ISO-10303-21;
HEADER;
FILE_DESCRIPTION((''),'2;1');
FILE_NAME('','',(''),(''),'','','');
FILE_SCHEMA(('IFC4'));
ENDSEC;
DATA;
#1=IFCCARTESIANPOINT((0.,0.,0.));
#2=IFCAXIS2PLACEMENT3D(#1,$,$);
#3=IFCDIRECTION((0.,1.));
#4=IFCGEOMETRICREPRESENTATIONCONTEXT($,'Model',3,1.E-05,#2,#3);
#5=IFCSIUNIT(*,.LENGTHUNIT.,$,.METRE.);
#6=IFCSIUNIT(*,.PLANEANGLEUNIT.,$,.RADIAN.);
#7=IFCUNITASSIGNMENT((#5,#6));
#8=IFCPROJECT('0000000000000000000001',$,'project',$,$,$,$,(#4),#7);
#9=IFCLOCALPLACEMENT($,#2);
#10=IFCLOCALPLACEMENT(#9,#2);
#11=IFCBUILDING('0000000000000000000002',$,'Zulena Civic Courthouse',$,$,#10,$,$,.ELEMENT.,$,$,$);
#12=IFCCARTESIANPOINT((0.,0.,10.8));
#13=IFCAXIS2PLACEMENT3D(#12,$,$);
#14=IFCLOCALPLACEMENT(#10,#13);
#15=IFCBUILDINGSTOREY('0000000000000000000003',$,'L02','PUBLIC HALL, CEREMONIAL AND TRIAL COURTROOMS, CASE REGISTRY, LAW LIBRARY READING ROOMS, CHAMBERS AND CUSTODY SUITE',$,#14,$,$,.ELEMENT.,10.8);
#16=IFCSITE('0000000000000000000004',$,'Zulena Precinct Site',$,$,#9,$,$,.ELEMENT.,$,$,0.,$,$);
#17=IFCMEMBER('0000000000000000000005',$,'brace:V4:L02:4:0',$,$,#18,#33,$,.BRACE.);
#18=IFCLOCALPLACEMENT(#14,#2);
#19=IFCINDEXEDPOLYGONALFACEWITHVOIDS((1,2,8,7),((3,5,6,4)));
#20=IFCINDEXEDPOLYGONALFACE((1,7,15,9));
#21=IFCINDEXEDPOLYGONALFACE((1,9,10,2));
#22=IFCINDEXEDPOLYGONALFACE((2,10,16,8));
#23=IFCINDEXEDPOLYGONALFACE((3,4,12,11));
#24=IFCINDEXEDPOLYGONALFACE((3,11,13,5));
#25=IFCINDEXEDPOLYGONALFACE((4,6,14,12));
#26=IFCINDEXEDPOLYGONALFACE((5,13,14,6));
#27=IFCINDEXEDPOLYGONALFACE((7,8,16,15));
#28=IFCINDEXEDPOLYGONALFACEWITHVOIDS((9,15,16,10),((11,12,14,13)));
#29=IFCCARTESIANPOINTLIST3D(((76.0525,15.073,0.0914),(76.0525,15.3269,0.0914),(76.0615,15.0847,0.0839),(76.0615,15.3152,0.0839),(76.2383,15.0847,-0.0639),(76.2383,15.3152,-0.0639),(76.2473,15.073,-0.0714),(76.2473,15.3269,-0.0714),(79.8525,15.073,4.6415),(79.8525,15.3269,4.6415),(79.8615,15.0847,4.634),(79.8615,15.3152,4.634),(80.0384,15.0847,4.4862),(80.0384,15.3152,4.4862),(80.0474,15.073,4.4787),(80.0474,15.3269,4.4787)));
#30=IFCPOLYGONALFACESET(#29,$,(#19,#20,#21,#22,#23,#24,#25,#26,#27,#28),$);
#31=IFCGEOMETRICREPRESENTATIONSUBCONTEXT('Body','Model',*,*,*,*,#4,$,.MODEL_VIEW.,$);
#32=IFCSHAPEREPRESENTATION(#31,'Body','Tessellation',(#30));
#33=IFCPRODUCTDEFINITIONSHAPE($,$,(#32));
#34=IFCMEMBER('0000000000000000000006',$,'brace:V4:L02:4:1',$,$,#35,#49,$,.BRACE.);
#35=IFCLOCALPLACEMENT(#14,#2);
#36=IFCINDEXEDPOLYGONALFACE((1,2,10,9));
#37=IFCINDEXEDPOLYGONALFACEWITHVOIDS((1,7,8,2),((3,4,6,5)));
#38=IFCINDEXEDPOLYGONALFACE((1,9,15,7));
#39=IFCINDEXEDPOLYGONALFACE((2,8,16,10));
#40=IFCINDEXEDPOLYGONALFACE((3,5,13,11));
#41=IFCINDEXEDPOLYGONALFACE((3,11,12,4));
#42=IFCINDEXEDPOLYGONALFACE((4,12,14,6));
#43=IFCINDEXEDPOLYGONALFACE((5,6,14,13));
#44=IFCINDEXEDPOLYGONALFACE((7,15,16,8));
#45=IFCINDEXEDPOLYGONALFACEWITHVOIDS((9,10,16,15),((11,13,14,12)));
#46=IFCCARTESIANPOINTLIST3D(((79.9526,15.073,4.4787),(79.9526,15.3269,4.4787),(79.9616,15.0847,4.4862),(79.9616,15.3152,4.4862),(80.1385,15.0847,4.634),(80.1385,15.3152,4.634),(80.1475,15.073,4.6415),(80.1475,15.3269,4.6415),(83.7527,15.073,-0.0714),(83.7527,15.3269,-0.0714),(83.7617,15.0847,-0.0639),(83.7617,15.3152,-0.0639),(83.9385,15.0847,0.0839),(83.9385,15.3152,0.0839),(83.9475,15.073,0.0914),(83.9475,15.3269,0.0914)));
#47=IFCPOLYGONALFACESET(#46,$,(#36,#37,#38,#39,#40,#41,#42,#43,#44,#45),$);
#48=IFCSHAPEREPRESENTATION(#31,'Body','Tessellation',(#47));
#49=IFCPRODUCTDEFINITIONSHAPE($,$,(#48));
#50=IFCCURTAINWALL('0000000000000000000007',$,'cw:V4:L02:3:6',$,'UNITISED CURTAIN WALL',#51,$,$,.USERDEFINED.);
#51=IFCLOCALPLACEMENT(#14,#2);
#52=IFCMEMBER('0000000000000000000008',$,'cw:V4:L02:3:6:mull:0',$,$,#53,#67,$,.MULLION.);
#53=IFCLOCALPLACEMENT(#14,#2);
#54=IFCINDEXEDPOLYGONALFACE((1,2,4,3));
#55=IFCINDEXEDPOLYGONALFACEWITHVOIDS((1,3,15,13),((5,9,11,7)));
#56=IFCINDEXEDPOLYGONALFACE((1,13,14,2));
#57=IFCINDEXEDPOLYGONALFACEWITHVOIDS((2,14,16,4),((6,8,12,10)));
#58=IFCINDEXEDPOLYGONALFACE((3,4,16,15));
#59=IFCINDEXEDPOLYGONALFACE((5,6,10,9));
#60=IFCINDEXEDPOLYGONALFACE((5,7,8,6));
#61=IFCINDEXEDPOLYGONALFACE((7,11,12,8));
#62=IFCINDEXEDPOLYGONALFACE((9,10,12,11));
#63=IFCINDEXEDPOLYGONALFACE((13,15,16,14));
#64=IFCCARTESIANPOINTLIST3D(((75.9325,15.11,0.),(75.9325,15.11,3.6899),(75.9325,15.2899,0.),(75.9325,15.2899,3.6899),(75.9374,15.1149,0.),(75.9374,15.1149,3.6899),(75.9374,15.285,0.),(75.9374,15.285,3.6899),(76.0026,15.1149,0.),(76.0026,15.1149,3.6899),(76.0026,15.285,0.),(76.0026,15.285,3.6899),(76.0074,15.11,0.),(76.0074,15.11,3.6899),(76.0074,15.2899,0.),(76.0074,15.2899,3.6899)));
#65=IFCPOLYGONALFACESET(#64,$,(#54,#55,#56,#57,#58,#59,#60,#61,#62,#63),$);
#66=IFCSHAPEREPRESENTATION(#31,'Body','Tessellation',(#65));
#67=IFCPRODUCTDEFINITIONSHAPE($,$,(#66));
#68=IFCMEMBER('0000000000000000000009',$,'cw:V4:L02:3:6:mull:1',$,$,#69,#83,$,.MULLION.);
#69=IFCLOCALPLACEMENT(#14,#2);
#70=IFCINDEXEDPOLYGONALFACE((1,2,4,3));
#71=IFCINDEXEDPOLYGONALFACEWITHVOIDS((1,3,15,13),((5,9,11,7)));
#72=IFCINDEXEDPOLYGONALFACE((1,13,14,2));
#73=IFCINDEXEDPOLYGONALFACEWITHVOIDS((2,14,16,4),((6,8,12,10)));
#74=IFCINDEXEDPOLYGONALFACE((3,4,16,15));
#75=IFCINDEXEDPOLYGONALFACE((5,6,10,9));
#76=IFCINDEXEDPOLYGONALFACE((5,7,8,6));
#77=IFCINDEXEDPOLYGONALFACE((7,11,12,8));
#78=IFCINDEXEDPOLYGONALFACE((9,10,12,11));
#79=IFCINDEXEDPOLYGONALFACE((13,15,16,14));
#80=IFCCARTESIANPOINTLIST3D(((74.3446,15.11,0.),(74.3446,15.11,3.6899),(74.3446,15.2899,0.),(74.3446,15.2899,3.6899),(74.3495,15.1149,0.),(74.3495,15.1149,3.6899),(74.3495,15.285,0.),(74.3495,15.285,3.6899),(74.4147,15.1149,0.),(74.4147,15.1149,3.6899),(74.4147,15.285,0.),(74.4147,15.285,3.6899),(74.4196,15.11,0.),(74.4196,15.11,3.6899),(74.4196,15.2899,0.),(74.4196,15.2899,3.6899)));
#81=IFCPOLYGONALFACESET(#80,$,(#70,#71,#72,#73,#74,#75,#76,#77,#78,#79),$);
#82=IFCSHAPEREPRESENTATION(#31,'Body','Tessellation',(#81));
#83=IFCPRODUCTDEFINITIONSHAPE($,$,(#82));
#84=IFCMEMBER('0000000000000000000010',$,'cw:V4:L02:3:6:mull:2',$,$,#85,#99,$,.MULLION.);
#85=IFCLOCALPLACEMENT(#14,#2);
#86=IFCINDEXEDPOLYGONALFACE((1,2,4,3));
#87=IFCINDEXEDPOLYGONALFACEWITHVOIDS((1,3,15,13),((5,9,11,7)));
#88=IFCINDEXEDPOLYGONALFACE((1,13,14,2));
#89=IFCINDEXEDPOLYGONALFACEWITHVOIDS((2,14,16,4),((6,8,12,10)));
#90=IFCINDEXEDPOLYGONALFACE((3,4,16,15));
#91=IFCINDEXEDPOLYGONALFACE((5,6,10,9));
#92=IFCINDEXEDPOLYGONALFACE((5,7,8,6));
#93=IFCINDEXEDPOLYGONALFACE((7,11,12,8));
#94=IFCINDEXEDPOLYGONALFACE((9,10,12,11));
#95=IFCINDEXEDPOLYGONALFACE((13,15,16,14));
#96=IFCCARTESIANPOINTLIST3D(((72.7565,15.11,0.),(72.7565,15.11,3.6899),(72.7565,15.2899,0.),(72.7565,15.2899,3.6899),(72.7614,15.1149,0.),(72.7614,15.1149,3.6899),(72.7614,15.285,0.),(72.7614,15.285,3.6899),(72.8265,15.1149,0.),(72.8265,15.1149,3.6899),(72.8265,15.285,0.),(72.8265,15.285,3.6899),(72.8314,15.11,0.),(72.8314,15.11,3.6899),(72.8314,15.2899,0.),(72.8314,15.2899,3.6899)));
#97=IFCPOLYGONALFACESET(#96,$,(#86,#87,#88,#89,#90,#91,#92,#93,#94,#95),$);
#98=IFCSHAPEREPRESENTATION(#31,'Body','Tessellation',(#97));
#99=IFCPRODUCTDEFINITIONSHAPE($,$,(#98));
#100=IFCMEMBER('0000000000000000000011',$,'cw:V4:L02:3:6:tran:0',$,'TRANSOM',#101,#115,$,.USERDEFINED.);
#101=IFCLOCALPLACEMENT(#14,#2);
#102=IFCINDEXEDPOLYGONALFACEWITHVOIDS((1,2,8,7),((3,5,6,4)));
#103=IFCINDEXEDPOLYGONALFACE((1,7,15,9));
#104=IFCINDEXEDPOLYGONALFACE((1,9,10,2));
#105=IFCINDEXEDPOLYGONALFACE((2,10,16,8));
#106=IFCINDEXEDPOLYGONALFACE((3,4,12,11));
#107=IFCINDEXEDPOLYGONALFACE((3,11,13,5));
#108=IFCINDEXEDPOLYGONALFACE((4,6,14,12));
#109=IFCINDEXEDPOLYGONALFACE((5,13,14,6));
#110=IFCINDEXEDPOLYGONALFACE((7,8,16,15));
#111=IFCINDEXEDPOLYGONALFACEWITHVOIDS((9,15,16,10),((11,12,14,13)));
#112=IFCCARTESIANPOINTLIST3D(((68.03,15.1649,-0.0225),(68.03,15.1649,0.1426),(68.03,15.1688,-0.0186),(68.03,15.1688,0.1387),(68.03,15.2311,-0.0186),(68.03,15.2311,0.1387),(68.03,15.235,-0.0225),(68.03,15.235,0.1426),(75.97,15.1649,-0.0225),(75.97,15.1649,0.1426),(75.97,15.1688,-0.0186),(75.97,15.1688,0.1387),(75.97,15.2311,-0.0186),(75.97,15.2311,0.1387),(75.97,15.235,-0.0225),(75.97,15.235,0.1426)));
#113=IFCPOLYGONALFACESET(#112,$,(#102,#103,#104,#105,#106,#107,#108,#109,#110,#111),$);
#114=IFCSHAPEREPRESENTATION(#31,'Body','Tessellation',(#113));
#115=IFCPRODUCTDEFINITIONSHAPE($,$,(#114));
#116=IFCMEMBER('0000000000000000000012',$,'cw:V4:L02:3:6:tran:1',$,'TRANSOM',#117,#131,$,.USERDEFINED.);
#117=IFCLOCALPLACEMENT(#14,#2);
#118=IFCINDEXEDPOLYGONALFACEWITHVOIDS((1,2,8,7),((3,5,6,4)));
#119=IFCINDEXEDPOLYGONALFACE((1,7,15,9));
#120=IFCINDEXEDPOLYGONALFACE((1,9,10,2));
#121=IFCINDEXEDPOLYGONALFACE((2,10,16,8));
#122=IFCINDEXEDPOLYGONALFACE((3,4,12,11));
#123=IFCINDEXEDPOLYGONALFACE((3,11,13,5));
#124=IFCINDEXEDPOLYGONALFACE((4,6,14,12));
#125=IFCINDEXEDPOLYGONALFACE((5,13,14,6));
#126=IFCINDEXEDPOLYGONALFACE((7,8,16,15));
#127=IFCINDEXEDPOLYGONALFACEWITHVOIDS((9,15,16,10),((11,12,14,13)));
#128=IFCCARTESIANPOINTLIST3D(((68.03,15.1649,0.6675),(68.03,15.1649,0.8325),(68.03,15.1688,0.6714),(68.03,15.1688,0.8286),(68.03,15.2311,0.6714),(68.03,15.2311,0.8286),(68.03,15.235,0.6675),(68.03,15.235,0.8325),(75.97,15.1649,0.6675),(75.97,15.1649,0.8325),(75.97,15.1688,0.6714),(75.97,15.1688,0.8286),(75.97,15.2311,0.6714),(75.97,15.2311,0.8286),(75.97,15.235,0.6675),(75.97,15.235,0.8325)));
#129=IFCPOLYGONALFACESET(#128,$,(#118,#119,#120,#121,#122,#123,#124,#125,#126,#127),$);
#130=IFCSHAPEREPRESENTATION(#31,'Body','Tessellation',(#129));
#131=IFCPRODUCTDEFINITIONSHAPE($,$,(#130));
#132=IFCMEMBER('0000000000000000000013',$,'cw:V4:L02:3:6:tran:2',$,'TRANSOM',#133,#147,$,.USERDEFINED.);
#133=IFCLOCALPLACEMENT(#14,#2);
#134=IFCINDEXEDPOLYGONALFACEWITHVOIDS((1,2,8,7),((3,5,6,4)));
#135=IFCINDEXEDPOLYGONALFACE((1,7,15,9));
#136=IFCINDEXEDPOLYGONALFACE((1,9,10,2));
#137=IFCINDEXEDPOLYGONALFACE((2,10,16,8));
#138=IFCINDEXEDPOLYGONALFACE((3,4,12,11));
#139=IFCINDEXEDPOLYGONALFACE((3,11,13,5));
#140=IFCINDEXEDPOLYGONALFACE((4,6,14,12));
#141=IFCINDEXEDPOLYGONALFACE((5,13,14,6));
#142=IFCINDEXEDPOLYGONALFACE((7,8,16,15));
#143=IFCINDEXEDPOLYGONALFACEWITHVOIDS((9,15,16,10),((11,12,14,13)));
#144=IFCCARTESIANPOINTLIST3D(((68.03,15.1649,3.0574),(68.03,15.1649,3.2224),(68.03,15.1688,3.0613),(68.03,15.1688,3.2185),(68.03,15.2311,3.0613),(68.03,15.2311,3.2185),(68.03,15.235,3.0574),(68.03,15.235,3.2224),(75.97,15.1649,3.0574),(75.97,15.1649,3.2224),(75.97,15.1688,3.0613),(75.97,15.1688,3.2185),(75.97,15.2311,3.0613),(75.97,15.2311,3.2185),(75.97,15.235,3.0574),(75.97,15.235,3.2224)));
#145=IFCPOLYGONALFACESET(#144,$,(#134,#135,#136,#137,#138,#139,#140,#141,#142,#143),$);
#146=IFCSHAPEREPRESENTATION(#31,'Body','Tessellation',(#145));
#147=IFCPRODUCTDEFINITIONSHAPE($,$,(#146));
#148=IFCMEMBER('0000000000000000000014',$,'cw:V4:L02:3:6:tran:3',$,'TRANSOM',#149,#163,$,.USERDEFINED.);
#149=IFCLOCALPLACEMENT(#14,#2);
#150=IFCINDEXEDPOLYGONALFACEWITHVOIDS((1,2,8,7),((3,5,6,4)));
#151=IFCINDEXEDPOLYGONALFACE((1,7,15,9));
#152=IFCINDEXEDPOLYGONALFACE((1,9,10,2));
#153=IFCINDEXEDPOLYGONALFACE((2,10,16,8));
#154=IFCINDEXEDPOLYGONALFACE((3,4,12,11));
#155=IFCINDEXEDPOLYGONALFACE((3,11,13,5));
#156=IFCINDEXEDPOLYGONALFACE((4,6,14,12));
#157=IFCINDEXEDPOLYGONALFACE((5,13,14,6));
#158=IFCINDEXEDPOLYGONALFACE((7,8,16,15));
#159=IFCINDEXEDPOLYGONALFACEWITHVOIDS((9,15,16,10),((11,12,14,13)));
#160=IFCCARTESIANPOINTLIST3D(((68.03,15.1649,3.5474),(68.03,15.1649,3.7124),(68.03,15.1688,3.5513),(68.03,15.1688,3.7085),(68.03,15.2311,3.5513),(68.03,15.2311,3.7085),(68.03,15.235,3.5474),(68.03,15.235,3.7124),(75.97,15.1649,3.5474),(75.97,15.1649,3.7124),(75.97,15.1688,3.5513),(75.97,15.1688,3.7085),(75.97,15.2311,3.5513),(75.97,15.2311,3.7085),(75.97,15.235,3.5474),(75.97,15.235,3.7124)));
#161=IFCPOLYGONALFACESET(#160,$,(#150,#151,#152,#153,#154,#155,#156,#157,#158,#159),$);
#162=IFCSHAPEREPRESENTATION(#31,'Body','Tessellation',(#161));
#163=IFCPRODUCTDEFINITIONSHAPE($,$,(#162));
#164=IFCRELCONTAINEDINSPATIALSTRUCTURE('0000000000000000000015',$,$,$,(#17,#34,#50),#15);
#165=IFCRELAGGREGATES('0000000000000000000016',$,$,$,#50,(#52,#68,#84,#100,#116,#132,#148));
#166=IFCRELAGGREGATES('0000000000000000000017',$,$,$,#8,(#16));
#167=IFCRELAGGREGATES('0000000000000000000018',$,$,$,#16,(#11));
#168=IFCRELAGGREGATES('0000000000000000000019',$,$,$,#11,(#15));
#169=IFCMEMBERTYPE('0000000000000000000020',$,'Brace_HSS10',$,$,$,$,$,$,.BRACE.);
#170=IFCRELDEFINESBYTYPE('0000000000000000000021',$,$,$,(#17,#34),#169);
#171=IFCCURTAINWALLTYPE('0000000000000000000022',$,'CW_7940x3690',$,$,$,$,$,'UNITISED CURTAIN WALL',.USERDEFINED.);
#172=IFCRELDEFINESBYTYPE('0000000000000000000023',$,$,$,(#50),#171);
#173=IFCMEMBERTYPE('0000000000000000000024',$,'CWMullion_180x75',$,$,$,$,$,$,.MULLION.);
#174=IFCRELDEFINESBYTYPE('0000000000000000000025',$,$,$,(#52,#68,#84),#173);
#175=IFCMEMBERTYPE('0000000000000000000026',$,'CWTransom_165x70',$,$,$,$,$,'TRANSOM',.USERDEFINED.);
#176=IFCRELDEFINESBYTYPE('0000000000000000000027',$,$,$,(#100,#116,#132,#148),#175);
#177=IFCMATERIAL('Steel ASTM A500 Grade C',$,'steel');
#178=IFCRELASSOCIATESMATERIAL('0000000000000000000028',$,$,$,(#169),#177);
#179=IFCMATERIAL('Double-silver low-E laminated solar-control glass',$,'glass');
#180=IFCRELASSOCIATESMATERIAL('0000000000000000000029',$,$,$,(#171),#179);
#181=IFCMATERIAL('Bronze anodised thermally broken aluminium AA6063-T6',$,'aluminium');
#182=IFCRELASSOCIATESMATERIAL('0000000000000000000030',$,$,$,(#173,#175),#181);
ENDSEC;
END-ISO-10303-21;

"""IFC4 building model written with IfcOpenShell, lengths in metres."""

from ifc_helpers import new_model, si_unit, direction, frame, origin, origin_2d, place, context, subcontext, project, spatial, hollow_rectangle, extrude, material, material_profile, profile_set, type_object, element, aggregate, save


model = new_model("IFC4")

# Units and contexts
model_context = context("Model", 3, precision=1e-05, world=origin(), true_north=direction((0.0, 1.0)))
body_context = subcontext(model_context, "Body", "Model", "MODEL_VIEW")
ifc_project = project(units=[si_unit("LENGTHUNIT", "METRE"), si_unit("PLANEANGLEUNIT", "RADIAN")], contexts=[model_context])

# Site, building, storey
site_placement = place(None, origin())
site = spatial("IfcSite", under=ifc_project, at=site_placement, Name="Zulena Precinct Site", CompositionType="ELEMENT", RefElevation=0.0)
building_placement = place(site_placement, origin())
building = spatial("IfcBuilding", under=site, at=building_placement, Name="Zulena Civic Courthouse", CompositionType="ELEMENT")
storey_placement = place(building_placement, frame((0.0, 0.0, 10.8)))
storey = spatial("IfcBuildingStorey", under=building, at=storey_placement, Name="L02", Description="PUBLIC HALL, CEREMONIAL AND TRIAL COURTROOMS, CASE REGISTRY, LAW LIBRARY READING ROOMS, CHAMBERS AND CUSTODY SUITE", CompositionType="ELEMENT", Elevation=10.8)

# Members
ifc_material_1 = material(Name="Steel ASTM A500 Grade C", Category="steel")
ifc_material_profile_1 = material_profile(ifc_material_1, hollow_rectangle(XDim=0.2539, YDim=0.2539, WallThickness=0.0117, at=origin_2d()), Name="HSS10X10X1/2")
ifc_profile_set_1 = profile_set([ifc_material_profile_1], Name="Steel ASTM A500 Grade C")
member_type_1 = type_object("IfcMemberType", Name="Brace_HSS10", PredefinedType="BRACE", material=ifc_profile_set_1)
for number, where, z_axis, x_axis, name in (
    (1, (76.1499, 15.2, 0.01), (0.641014, 0.0, 0.767529), (0.0, 1.0, 0.0), "brace:V4:L02:4:0"),
    (2, (83.8501, 15.2, 0.01), (-0.641014, 0.0, 0.767529), (0.0, -1.0, 0.0), "brace:V4:L02:4:1"),
):
    element("IfcMember", number, at=place(storey_placement, frame(where, z_axis=z_axis, x_axis=x_axis)), inside=storey, type_object=member_type_1, Name=name, PredefinedType="BRACE", context=body_context, shape_type="SweptSolid", body=[
        extrude(hollow_rectangle(XDim=0.2539, YDim=0.2539, WallThickness=0.0117, at=origin_2d()), origin(), (0.0, 0.0, 1.0), 5.9282),
    ])

# Curtain wall, members
ifc_material_2 = material(Name="Double-silver low-E laminated solar-control glass", Category="glass")
curtain_wall_type = type_object("IfcCurtainWallType", Name="CW_7940x3690", ElementType="UNITISED CURTAIN WALL", PredefinedType="USERDEFINED", material=ifc_material_2)
curtain_wall_placement = place(storey_placement, origin())
curtain_wall = element("IfcCurtainWall", 3, at=curtain_wall_placement, inside=storey, type_object=curtain_wall_type, Name="cw:V4:L02:3:6", ObjectType="UNITISED CURTAIN WALL", PredefinedType="USERDEFINED")
ifc_material_3 = material(Name="Bronze anodised thermally broken aluminium AA6063-T6", Category="aluminium")
ifc_material_profile_2 = material_profile(ifc_material_3, hollow_rectangle(XDim=0.075, YDim=0.1799, WallThickness=0.0049, at=origin_2d()), Name="CWM180X75X5")
ifc_profile_set_2 = profile_set([ifc_material_profile_2], Name="Bronze anodised thermally broken aluminium AA6063-T6")
member_type_2 = type_object("IfcMemberType", Name="CWMullion_180x75", PredefinedType="MULLION", material=ifc_profile_set_2)
member_1_placement = place(storey_placement, frame((75.97, 15.2, 0.0), z_axis=(0.0, 0.0, 1.0), x_axis=(1.0, 0.0, 0.0)))
member_1 = element("IfcMember", 4, at=member_1_placement, type_object=member_type_2, Name="cw:V4:L02:3:6:mull:0", PredefinedType="MULLION", context=body_context, shape_type="SweptSolid", body=[
    extrude(hollow_rectangle(XDim=0.075, YDim=0.1799, WallThickness=0.0049, at=origin_2d()), origin(), (0.0, 0.0, 1.0), 3.6899),
])
member_2_placement = place(storey_placement, frame((74.3821, 15.2, 0.0), z_axis=(0.0, 0.0, 1.0), x_axis=(1.0, 0.0, 0.0)))
member_2 = element("IfcMember", 5, at=member_2_placement, type_object=member_type_2, Name="cw:V4:L02:3:6:mull:1", PredefinedType="MULLION", context=body_context, shape_type="SweptSolid", body=[
    extrude(hollow_rectangle(XDim=0.075, YDim=0.1799, WallThickness=0.0049, at=origin_2d()), origin(), (0.0, 0.0, 1.0), 3.6899),
])
member_3_placement = place(storey_placement, frame((72.7939, 15.2, 0.0), z_axis=(0.0, 0.0, 1.0), x_axis=(1.0, 0.0, 0.0)))
member_3 = element("IfcMember", 6, at=member_3_placement, type_object=member_type_2, Name="cw:V4:L02:3:6:mull:2", PredefinedType="MULLION", context=body_context, shape_type="SweptSolid", body=[
    extrude(hollow_rectangle(XDim=0.075, YDim=0.1799, WallThickness=0.0049, at=origin_2d()), origin(), (0.0, 0.0, 1.0), 3.6899),
])
ifc_material_profile_3 = material_profile(ifc_material_3, hollow_rectangle(XDim=0.0701, YDim=0.165, WallThickness=0.0039, at=origin_2d()), Name="CWT165X70X4")
ifc_profile_set_3 = profile_set([ifc_material_profile_3], Name="Bronze anodised thermally broken aluminium AA6063-T6")
member_type_3 = type_object("IfcMemberType", Name="CWTransom_165x70", ElementType="TRANSOM", PredefinedType="USERDEFINED", material=ifc_profile_set_3)
member_4_placement = place(storey_placement, frame((75.97, 15.2, 0.0601), z_axis=(-1.0, 0.0, 0.0), x_axis=(0.0, -1.0, 0.0)))
member_4 = element("IfcMember", 7, at=member_4_placement, type_object=member_type_3, Name="cw:V4:L02:3:6:tran:0", ObjectType="TRANSOM", PredefinedType="USERDEFINED", context=body_context, shape_type="SweptSolid", body=[
    extrude(hollow_rectangle(XDim=0.0701, YDim=0.165, WallThickness=0.0039, at=origin_2d()), origin(), (0.0, 0.0, 1.0), 7.9399),
])
member_5_placement = place(storey_placement, frame((75.97, 15.2, 0.75), z_axis=(-1.0, 0.0, 0.0), x_axis=(0.0, -1.0, 0.0)))
member_5 = element("IfcMember", 8, at=member_5_placement, type_object=member_type_3, Name="cw:V4:L02:3:6:tran:1", ObjectType="TRANSOM", PredefinedType="USERDEFINED", context=body_context, shape_type="SweptSolid", body=[
    extrude(hollow_rectangle(XDim=0.0701, YDim=0.165, WallThickness=0.0039, at=origin_2d()), origin(), (0.0, 0.0, 1.0), 7.9399),
])
member_6_placement = place(storey_placement, frame((75.97, 15.2, 3.1399), z_axis=(-1.0, 0.0, 0.0), x_axis=(0.0, -1.0, 0.0)))
member_6 = element("IfcMember", 9, at=member_6_placement, type_object=member_type_3, Name="cw:V4:L02:3:6:tran:2", ObjectType="TRANSOM", PredefinedType="USERDEFINED", context=body_context, shape_type="SweptSolid", body=[
    extrude(hollow_rectangle(XDim=0.0701, YDim=0.165, WallThickness=0.0039, at=origin_2d()), origin(), (0.0, 0.0, 1.0), 7.9399),
])
member_7_placement = place(storey_placement, frame((75.97, 15.2, 3.6299), z_axis=(-1.0, 0.0, 0.0), x_axis=(0.0, -1.0, 0.0)))
member_7 = element("IfcMember", 10, at=member_7_placement, type_object=member_type_3, Name="cw:V4:L02:3:6:tran:3", ObjectType="TRANSOM", PredefinedType="USERDEFINED", context=body_context, shape_type="SweptSolid", body=[
    extrude(hollow_rectangle(XDim=0.0701, YDim=0.165, WallThickness=0.0039, at=origin_2d()), origin(), (0.0, 0.0, 1.0), 7.9399),
])

aggregate(curtain_wall, [member_1, member_2, member_3, member_4, member_5, member_6, member_7])

save(model, "model.ifc")
